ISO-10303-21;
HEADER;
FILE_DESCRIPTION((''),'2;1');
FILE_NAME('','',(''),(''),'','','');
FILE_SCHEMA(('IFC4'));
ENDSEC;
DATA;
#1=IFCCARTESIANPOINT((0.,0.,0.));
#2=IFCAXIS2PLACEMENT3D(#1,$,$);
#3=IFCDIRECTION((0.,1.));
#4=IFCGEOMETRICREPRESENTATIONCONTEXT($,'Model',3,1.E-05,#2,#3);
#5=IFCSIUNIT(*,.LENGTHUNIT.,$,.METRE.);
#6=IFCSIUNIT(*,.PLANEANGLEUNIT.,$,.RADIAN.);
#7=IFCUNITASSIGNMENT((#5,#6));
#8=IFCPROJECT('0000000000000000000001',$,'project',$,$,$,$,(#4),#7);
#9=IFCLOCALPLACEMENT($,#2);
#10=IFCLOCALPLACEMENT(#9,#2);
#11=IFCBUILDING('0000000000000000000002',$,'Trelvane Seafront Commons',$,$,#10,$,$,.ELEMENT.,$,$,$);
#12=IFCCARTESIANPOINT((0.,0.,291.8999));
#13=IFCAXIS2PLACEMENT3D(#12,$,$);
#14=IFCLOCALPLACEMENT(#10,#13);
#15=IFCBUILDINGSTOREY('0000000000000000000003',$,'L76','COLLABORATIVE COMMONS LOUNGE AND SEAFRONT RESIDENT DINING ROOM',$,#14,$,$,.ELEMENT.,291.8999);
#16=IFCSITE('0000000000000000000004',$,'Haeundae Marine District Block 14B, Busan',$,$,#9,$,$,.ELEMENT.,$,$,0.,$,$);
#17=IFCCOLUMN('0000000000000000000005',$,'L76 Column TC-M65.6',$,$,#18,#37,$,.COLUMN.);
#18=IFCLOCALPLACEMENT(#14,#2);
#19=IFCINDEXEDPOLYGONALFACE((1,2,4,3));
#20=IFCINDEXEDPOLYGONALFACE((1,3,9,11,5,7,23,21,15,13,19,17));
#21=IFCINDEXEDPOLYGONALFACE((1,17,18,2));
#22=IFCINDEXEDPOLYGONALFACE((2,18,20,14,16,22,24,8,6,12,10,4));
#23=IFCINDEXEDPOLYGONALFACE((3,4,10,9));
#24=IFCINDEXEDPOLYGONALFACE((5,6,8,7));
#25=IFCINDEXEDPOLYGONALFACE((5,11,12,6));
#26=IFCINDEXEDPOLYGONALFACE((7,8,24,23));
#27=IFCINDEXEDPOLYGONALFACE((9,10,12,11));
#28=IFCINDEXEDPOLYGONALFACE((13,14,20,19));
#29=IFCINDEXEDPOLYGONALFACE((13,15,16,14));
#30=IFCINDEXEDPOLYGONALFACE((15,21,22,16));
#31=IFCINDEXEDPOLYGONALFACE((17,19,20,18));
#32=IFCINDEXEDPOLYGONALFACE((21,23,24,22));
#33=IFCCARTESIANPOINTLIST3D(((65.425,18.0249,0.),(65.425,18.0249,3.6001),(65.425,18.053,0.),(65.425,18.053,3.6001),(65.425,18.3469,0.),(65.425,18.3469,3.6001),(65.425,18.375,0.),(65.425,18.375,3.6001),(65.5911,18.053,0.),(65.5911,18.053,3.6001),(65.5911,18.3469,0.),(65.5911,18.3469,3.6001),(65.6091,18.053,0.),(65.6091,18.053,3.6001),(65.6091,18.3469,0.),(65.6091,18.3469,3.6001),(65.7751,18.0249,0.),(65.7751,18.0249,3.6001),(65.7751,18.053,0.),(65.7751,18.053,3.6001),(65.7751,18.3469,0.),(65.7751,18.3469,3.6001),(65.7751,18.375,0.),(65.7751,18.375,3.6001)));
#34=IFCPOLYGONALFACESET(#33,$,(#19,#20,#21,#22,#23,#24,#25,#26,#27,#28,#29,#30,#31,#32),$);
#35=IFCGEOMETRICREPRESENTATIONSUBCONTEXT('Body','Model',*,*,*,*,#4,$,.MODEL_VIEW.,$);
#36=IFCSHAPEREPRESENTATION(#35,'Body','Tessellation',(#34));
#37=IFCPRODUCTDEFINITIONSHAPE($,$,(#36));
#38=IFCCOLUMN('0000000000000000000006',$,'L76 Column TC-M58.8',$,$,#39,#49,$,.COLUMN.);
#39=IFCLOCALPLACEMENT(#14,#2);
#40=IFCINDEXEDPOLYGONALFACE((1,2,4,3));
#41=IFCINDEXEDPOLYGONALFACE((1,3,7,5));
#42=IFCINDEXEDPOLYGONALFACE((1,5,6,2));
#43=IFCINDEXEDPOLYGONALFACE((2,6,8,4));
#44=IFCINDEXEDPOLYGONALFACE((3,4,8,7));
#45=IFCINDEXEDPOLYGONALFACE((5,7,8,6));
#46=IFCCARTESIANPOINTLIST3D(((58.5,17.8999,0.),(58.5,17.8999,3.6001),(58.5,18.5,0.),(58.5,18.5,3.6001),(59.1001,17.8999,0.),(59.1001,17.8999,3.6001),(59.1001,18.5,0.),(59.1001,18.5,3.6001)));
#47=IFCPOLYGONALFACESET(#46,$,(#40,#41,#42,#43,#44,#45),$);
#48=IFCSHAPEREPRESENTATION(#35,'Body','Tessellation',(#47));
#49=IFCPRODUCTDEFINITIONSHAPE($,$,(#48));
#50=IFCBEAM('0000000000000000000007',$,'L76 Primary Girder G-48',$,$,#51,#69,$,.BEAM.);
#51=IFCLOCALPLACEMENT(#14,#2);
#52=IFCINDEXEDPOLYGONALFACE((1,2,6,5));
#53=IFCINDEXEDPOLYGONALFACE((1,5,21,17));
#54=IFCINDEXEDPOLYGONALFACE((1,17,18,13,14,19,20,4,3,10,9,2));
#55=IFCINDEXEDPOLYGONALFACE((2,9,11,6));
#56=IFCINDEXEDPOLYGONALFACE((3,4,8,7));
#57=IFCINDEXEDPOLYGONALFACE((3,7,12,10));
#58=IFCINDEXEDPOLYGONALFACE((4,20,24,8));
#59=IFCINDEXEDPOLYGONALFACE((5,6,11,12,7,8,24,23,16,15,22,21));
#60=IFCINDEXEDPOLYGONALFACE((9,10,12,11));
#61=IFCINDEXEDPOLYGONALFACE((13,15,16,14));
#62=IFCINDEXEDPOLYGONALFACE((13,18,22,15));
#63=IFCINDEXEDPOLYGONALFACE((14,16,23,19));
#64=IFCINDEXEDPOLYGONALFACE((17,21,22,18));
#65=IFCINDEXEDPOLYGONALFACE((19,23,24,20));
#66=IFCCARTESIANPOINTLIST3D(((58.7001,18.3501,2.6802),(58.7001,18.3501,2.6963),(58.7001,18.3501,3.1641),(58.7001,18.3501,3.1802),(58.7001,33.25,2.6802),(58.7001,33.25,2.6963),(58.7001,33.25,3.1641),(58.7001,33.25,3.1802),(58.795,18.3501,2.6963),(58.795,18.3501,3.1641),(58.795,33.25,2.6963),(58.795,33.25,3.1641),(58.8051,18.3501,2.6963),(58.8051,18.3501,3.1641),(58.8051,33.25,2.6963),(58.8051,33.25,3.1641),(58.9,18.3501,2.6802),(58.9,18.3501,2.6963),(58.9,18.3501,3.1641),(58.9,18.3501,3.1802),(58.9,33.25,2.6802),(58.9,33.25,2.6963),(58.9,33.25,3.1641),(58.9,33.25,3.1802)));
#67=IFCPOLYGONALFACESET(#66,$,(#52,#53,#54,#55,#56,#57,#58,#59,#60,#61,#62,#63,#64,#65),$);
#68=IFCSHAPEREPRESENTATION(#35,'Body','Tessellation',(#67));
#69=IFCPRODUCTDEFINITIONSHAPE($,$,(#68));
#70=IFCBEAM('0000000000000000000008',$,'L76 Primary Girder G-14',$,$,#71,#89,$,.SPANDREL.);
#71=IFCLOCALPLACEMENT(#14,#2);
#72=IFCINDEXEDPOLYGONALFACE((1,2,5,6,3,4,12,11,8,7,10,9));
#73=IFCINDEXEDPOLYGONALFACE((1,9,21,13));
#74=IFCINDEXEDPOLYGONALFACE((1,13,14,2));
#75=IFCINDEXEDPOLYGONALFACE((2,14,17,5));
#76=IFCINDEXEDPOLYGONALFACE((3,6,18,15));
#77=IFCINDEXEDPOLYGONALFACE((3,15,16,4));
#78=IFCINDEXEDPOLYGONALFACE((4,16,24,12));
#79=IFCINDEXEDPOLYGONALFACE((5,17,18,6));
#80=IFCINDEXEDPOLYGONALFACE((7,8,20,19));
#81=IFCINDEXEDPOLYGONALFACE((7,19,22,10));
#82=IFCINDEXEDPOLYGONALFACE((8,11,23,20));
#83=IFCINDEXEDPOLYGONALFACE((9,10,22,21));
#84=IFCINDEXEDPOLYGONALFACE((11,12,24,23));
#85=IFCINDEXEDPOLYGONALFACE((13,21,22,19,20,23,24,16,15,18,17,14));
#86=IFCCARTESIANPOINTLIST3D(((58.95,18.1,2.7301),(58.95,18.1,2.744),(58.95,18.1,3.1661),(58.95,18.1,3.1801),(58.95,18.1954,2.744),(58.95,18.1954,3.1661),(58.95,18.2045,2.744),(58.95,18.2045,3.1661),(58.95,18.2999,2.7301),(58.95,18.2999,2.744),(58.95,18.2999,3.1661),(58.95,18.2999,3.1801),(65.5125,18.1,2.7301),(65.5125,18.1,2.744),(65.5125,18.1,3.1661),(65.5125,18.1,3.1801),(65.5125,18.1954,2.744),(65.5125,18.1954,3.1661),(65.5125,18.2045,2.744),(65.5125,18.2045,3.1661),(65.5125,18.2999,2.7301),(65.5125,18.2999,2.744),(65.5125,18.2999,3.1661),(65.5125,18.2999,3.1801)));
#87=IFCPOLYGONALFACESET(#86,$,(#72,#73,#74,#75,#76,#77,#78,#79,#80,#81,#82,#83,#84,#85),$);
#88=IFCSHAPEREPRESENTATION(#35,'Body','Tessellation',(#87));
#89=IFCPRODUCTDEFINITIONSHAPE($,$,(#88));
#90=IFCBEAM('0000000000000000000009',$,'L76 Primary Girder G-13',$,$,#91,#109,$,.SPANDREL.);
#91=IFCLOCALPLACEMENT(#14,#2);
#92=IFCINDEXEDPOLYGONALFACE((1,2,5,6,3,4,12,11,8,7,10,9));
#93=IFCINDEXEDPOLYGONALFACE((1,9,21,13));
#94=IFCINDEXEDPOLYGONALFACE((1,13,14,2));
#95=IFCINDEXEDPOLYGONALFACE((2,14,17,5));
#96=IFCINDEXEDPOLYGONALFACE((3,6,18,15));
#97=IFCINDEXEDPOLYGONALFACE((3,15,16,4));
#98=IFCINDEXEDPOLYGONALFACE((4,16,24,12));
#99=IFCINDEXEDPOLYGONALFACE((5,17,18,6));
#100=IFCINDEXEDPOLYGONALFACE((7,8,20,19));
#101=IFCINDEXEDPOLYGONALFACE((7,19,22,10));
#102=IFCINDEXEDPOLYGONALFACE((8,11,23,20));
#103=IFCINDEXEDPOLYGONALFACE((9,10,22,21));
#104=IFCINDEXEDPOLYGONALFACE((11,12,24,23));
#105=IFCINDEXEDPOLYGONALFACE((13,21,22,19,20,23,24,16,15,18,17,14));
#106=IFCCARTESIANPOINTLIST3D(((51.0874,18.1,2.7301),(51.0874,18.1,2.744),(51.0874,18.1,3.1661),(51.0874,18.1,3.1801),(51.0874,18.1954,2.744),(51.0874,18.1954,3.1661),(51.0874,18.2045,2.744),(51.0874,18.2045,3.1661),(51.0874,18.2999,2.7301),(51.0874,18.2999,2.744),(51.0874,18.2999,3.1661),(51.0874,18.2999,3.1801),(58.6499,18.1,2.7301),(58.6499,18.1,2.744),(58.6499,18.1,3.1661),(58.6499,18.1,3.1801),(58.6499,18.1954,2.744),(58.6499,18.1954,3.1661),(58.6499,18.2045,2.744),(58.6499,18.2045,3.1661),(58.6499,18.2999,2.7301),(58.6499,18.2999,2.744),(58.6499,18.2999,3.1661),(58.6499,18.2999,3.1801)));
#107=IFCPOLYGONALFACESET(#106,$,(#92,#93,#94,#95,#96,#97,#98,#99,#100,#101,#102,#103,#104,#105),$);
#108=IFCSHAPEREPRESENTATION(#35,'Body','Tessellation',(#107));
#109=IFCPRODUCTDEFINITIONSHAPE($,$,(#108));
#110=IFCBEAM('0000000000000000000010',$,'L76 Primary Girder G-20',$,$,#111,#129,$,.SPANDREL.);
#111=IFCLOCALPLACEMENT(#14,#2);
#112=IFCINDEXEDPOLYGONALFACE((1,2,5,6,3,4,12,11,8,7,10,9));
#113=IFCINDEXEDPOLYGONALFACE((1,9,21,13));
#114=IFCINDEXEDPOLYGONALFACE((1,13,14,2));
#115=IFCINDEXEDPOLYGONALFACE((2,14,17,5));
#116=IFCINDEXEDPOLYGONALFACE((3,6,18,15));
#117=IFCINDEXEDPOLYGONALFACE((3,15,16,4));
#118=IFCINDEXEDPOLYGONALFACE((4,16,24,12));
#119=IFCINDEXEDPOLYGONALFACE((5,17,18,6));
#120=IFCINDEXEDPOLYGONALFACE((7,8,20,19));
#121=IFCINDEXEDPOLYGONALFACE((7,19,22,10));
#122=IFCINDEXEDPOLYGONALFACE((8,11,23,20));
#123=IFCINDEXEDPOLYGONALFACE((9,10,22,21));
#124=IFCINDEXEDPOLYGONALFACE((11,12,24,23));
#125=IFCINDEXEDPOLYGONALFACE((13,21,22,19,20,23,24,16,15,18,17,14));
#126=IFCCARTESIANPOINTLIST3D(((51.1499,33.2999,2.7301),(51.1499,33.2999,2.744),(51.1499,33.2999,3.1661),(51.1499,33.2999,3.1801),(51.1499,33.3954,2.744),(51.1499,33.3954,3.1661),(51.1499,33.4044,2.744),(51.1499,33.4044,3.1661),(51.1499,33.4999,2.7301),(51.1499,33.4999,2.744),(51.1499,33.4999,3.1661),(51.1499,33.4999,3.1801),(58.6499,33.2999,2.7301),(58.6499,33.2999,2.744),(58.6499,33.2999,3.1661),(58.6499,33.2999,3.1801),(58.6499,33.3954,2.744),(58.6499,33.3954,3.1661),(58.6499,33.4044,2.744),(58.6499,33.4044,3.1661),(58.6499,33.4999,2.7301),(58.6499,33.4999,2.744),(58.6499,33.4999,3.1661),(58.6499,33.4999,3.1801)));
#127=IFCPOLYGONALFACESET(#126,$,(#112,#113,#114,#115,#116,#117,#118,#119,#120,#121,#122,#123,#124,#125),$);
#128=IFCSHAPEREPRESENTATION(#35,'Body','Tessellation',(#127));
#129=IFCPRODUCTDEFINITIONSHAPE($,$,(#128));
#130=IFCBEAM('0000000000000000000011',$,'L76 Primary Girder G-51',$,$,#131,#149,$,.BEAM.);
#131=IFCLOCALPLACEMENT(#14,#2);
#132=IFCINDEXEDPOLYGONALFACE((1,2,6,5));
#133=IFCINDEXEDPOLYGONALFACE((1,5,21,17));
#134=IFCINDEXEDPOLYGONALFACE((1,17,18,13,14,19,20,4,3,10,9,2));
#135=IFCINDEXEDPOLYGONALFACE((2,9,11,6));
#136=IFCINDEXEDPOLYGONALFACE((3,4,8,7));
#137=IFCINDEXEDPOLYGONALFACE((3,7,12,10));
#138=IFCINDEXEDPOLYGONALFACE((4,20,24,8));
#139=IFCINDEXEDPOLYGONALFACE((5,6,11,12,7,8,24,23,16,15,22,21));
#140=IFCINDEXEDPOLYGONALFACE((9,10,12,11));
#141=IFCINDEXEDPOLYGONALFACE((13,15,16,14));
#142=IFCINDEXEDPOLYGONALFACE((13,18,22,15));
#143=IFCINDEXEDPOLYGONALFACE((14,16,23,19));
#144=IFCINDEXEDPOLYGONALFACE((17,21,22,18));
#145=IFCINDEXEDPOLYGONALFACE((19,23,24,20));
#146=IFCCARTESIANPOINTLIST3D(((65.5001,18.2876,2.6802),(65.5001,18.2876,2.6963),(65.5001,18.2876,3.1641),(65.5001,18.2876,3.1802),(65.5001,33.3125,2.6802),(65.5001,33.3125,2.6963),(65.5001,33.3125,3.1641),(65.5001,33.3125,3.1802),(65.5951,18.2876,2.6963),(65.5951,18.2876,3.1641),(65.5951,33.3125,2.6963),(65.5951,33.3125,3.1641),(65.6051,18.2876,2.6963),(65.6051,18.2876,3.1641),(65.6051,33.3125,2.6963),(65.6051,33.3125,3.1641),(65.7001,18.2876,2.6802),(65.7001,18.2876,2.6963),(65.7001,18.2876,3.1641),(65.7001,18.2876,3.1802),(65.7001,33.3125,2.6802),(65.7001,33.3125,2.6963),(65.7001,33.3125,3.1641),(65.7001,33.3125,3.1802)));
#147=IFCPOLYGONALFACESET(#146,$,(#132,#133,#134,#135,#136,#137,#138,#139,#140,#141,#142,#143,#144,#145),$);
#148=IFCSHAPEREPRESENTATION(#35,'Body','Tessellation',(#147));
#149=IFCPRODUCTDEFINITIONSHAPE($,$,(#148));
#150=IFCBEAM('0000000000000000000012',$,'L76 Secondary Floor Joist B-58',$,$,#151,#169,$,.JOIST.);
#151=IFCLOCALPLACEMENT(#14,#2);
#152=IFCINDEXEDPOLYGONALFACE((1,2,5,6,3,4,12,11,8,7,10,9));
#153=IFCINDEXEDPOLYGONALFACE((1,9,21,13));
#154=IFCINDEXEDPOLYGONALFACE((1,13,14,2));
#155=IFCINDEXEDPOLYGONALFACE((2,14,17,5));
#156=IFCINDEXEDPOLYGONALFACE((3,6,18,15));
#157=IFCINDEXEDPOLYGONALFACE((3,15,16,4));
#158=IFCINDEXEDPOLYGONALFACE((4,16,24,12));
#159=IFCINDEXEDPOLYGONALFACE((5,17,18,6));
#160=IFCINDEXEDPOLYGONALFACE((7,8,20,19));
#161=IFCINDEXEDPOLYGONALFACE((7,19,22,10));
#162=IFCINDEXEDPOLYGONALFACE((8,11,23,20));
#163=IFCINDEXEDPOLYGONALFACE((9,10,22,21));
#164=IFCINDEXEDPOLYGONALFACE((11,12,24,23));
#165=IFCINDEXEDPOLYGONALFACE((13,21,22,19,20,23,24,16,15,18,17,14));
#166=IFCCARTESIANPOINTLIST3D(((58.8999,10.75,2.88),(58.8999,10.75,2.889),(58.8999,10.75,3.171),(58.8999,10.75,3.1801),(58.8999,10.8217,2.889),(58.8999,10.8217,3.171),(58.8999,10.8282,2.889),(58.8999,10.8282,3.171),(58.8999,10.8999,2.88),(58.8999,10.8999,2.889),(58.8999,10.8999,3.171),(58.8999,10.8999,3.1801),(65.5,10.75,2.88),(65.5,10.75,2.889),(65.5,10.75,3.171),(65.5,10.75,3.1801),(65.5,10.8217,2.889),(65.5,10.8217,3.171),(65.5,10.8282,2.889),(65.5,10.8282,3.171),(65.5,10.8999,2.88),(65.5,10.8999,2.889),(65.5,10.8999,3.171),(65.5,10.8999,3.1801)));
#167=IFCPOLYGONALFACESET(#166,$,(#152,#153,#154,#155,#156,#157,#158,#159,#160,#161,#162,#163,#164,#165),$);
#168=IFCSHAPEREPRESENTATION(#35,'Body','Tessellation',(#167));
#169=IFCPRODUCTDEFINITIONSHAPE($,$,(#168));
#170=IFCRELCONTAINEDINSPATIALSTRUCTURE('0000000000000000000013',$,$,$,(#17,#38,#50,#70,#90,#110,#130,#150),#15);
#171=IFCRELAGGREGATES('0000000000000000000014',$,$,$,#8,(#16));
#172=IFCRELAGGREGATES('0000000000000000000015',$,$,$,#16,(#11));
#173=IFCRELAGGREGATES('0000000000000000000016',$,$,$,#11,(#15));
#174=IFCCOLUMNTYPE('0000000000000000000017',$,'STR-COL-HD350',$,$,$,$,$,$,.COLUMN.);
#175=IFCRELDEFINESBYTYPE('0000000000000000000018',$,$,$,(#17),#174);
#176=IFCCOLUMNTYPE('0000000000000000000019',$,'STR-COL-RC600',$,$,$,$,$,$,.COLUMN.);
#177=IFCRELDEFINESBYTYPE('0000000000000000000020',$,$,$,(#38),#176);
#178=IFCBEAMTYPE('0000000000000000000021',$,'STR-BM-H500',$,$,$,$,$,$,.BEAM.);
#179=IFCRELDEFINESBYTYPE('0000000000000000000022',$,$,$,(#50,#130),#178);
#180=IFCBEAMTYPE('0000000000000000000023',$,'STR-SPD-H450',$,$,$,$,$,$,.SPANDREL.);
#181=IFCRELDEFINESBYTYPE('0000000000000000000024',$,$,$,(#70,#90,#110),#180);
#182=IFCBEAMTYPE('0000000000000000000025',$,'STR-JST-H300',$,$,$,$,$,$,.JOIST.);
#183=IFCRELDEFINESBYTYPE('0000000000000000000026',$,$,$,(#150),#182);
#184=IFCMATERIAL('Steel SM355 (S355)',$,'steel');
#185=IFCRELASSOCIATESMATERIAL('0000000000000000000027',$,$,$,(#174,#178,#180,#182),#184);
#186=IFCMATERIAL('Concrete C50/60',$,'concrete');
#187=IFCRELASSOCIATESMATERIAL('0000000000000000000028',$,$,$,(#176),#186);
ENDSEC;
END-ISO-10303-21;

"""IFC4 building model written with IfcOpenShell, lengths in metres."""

from ifc_helpers import new_model, si_unit, direction, frame, origin, origin_2d, place, context, subcontext, project, spatial, rectangle, i_section, extrude, source, transform, mapped, material, material_profile, profile_set, type_object, element, save


model = new_model("IFC4")

# Units and contexts
model_context = context("Model", 3, precision=1e-05, world=origin(), true_north=direction((0.0, 1.0)))
body_context = subcontext(model_context, "Body", "Model", "MODEL_VIEW")
ifc_project = project(units=[si_unit("LENGTHUNIT", "METRE"), si_unit("PLANEANGLEUNIT", "RADIAN")], contexts=[model_context])

# Site, building, storey
site_placement = place(None, origin())
site = spatial("IfcSite", under=ifc_project, at=site_placement, Name="Haeundae Marine District Block 14B, Busan", CompositionType="ELEMENT", RefElevation=0.0)
building_placement = place(site_placement, origin())
building = spatial("IfcBuilding", under=site, at=building_placement, Name="Trelvane Seafront Commons", CompositionType="ELEMENT")
storey_placement = place(building_placement, frame((0.0, 0.0, 291.8999)))
storey = spatial("IfcBuildingStorey", under=building, at=storey_placement, Name="L76", Description="COLLABORATIVE COMMONS LOUNGE AND SEAFRONT RESIDENT DINING ROOM", CompositionType="ELEMENT", Elevation=291.8999)

# Columns
ifc_material_1 = material(Name="Steel SM355 (S355)", Category="steel")
ifc_material_profile_1 = material_profile(ifc_material_1, i_section(OverallWidth=0.3501, OverallDepth=0.3501, WebThickness=0.0181, FlangeThickness=0.0281, at=origin_2d()), Name="HD-350x350x18x28")
ifc_profile_set_1 = profile_set([ifc_material_profile_1], Name="Steel SM355 (S355)")
column_type_1 = type_object("IfcColumnType", Name="STR-COL-HD350", PredefinedType="COLUMN", material=ifc_profile_set_1)
shared_shape_1 = source(origin(), body_context, "Body", "SweptSolid", [
    extrude(i_section(OverallWidth=0.3501, OverallDepth=0.3501, WebThickness=0.0181, FlangeThickness=0.0281, at=origin_2d()), origin(), (0.0, 0.0, 1.0), 3.6001),
])
column_1_placement = place(storey_placement, frame((65.6001, 18.2, 0.0), z_axis=(0.0, 0.0, 1.0), x_axis=(1.0, 0.0, 0.0)))
element("IfcColumn", 1, at=column_1_placement, inside=storey, type_object=column_type_1, Name="L76 Column TC-M65.6", PredefinedType="COLUMN", context=body_context, shape_type="MappedRepresentation", body=[
    mapped(shared_shape_1, transform((0.0, 0.0, 0.0), x_axis=(1.0, 0.0, 0.0), y_axis=(0.0, 1.0, 0.0), z_axis=(0.0, 0.0, 1.0), scale=1.0)),
])
ifc_material_2 = material(Name="Concrete C50/60", Category="concrete")
ifc_material_profile_2 = material_profile(ifc_material_2, rectangle(XDim=0.6001, YDim=0.6001, at=origin_2d()), Name="RC-600x600")
ifc_profile_set_2 = profile_set([ifc_material_profile_2], Name="Concrete C50/60")
column_type_2 = type_object("IfcColumnType", Name="STR-COL-RC600", PredefinedType="COLUMN", material=ifc_profile_set_2)
shared_shape_2 = source(origin(), body_context, "Body", "SweptSolid", [
    extrude(rectangle(XDim=0.6001, YDim=0.6001, at=origin_2d()), origin(), (0.0, 0.0, 1.0), 3.6001),
])
column_2_placement = place(storey_placement, frame((58.8, 18.2, 0.0), z_axis=(0.0, 0.0, 1.0), x_axis=(1.0, 0.0, 0.0)))
element("IfcColumn", 2, at=column_2_placement, inside=storey, type_object=column_type_2, Name="L76 Column TC-M58.8", PredefinedType="COLUMN", context=body_context, shape_type="MappedRepresentation", body=[
    mapped(shared_shape_2, transform((0.0, 0.0, 0.0), x_axis=(1.0, 0.0, 0.0), y_axis=(0.0, 1.0, 0.0), z_axis=(0.0, 0.0, 1.0), scale=1.0)),
])

# Beams
ifc_material_profile_3 = material_profile(ifc_material_1, i_section(OverallWidth=0.2, OverallDepth=0.5, WebThickness=0.01, FlangeThickness=0.0161, at=origin_2d()), Name="H-500x200x10x16")
ifc_profile_set_3 = profile_set([ifc_material_profile_3], Name="Steel SM355 (S355)")
beam_type_1 = type_object("IfcBeamType", Name="STR-BM-H500", PredefinedType="BEAM", material=ifc_profile_set_3)
shared_shape_3 = source(origin(), body_context, "Body", "SweptSolid", [
    extrude(i_section(OverallWidth=0.2, OverallDepth=0.5, WebThickness=0.01, FlangeThickness=0.0161, at=origin_2d()), origin(), (0.0, 0.0, 1.0), 14.8999),
])
beam_1_placement = place(storey_placement, frame((58.8, 18.3501, 2.9302), z_axis=(0.0, 1.0, 0.0), x_axis=(-1.0, 0.0, 0.0)))
element("IfcBeam", 3, at=beam_1_placement, inside=storey, type_object=beam_type_1, Name="L76 Primary Girder G-48", PredefinedType="BEAM", context=body_context, shape_type="MappedRepresentation", body=[
    mapped(shared_shape_3, transform((0.0, 0.0, 0.0), x_axis=(1.0, 0.0, 0.0), y_axis=(0.0, 1.0, 0.0), z_axis=(0.0, 0.0, 1.0), scale=1.0)),
])
ifc_material_profile_4 = material_profile(ifc_material_1, i_section(OverallWidth=0.2, OverallDepth=0.45, WebThickness=0.009, FlangeThickness=0.0139, at=origin_2d()), Name="H-450x200x9x14")
ifc_profile_set_4 = profile_set([ifc_material_profile_4], Name="Steel SM355 (S355)")
beam_type_2 = type_object("IfcBeamType", Name="STR-SPD-H450", PredefinedType="SPANDREL", material=ifc_profile_set_4)
shared_shape_4 = source(origin(), body_context, "Body", "SweptSolid", [
    extrude(i_section(OverallWidth=0.2, OverallDepth=0.45, WebThickness=0.009, FlangeThickness=0.0139, at=origin_2d()), origin(), (0.0, 0.0, 1.0), 6.5625),
])
beam_2_placement = place(storey_placement, frame((58.95, 18.2, 2.9551), z_axis=(1.0, 0.0, 0.0), x_axis=(0.0, 1.0, 0.0)))
element("IfcBeam", 4, at=beam_2_placement, inside=storey, type_object=beam_type_2, Name="L76 Primary Girder G-14", PredefinedType="SPANDREL", context=body_context, shape_type="MappedRepresentation", body=[
    mapped(shared_shape_4, transform((0.0, 0.0, 0.0), x_axis=(1.0, 0.0, 0.0), y_axis=(0.0, 1.0, 0.0), z_axis=(0.0, 0.0, 1.0), scale=1.0)),
])
shared_shape_5 = source(origin(), body_context, "Body", "SweptSolid", [
    extrude(i_section(OverallWidth=0.2, OverallDepth=0.45, WebThickness=0.009, FlangeThickness=0.0139, at=origin_2d()), origin(), (0.0, 0.0, 1.0), 7.5625),
])
beam_3_placement = place(storey_placement, frame((51.0874, 18.2, 2.9551), z_axis=(1.0, 0.0, 0.0), x_axis=(0.0, 1.0, 0.0)))
element("IfcBeam", 5, at=beam_3_placement, inside=storey, type_object=beam_type_2, Name="L76 Primary Girder G-13", PredefinedType="SPANDREL", context=body_context, shape_type="MappedRepresentation", body=[
    mapped(shared_shape_5, transform((0.0, 0.0, 0.0), x_axis=(1.0, 0.0, 0.0), y_axis=(0.0, 1.0, 0.0), z_axis=(0.0, 0.0, 1.0), scale=1.0)),
])
shared_shape_6 = source(origin(), body_context, "Body", "SweptSolid", [
    extrude(i_section(OverallWidth=0.2, OverallDepth=0.45, WebThickness=0.009, FlangeThickness=0.0139, at=origin_2d()), origin(), (0.0, 0.0, 1.0), 7.5),
])
beam_4_placement = place(storey_placement, frame((51.1499, 33.3999, 2.9551), z_axis=(1.0, 0.0, 0.0), x_axis=(0.0, 1.0, 0.0)))
element("IfcBeam", 6, at=beam_4_placement, inside=storey, type_object=beam_type_2, Name="L76 Primary Girder G-20", PredefinedType="SPANDREL", context=body_context, shape_type="MappedRepresentation", body=[
    mapped(shared_shape_6, transform((0.0, 0.0, 0.0), x_axis=(1.0, 0.0, 0.0), y_axis=(0.0, 1.0, 0.0), z_axis=(0.0, 0.0, 1.0), scale=1.0)),
])
shared_shape_7 = source(origin(), body_context, "Body", "SweptSolid", [
    extrude(i_section(OverallWidth=0.2, OverallDepth=0.5, WebThickness=0.01, FlangeThickness=0.0161, at=origin_2d()), origin(), (0.0, 0.0, 1.0), 15.0249),
])
beam_5_placement = place(storey_placement, frame((65.6001, 18.2876, 2.9302), z_axis=(0.0, 1.0, 0.0), x_axis=(-1.0, 0.0, 0.0)))
element("IfcBeam", 7, at=beam_5_placement, inside=storey, type_object=beam_type_1, Name="L76 Primary Girder G-51", PredefinedType="BEAM", context=body_context, shape_type="MappedRepresentation", body=[
    mapped(shared_shape_7, transform((0.0, 0.0, 0.0), x_axis=(1.0, 0.0, 0.0), y_axis=(0.0, 1.0, 0.0), z_axis=(0.0, 0.0, 1.0), scale=1.0)),
])
ifc_material_profile_5 = material_profile(ifc_material_1, i_section(OverallWidth=0.1499, OverallDepth=0.3, WebThickness=0.0066, FlangeThickness=0.009, at=origin_2d()), Name="H-300x150x6.5x9")
ifc_profile_set_5 = profile_set([ifc_material_profile_5], Name="Steel SM355 (S355)")
beam_type_3 = type_object("IfcBeamType", Name="STR-JST-H300", PredefinedType="JOIST", material=ifc_profile_set_5)
shared_shape_8 = source(origin(), body_context, "Body", "SweptSolid", [
    extrude(i_section(OverallWidth=0.1499, OverallDepth=0.3, WebThickness=0.0066, FlangeThickness=0.009, at=origin_2d()), origin(), (0.0, 0.0, 1.0), 6.6001),
])
beam_6_placement = place(storey_placement, frame((58.8999, 10.825, 3.03), z_axis=(1.0, 0.0, 0.0), x_axis=(0.0, 1.0, 0.0)))
element("IfcBeam", 8, at=beam_6_placement, inside=storey, type_object=beam_type_3, Name="L76 Secondary Floor Joist B-58", PredefinedType="JOIST", context=body_context, shape_type="MappedRepresentation", body=[
    mapped(shared_shape_8, transform((0.0, 0.0, 0.0), x_axis=(1.0, 0.0, 0.0), y_axis=(0.0, 1.0, 0.0), z_axis=(0.0, 0.0, 1.0), scale=1.0)),
])

save(model, "model.ifc")
